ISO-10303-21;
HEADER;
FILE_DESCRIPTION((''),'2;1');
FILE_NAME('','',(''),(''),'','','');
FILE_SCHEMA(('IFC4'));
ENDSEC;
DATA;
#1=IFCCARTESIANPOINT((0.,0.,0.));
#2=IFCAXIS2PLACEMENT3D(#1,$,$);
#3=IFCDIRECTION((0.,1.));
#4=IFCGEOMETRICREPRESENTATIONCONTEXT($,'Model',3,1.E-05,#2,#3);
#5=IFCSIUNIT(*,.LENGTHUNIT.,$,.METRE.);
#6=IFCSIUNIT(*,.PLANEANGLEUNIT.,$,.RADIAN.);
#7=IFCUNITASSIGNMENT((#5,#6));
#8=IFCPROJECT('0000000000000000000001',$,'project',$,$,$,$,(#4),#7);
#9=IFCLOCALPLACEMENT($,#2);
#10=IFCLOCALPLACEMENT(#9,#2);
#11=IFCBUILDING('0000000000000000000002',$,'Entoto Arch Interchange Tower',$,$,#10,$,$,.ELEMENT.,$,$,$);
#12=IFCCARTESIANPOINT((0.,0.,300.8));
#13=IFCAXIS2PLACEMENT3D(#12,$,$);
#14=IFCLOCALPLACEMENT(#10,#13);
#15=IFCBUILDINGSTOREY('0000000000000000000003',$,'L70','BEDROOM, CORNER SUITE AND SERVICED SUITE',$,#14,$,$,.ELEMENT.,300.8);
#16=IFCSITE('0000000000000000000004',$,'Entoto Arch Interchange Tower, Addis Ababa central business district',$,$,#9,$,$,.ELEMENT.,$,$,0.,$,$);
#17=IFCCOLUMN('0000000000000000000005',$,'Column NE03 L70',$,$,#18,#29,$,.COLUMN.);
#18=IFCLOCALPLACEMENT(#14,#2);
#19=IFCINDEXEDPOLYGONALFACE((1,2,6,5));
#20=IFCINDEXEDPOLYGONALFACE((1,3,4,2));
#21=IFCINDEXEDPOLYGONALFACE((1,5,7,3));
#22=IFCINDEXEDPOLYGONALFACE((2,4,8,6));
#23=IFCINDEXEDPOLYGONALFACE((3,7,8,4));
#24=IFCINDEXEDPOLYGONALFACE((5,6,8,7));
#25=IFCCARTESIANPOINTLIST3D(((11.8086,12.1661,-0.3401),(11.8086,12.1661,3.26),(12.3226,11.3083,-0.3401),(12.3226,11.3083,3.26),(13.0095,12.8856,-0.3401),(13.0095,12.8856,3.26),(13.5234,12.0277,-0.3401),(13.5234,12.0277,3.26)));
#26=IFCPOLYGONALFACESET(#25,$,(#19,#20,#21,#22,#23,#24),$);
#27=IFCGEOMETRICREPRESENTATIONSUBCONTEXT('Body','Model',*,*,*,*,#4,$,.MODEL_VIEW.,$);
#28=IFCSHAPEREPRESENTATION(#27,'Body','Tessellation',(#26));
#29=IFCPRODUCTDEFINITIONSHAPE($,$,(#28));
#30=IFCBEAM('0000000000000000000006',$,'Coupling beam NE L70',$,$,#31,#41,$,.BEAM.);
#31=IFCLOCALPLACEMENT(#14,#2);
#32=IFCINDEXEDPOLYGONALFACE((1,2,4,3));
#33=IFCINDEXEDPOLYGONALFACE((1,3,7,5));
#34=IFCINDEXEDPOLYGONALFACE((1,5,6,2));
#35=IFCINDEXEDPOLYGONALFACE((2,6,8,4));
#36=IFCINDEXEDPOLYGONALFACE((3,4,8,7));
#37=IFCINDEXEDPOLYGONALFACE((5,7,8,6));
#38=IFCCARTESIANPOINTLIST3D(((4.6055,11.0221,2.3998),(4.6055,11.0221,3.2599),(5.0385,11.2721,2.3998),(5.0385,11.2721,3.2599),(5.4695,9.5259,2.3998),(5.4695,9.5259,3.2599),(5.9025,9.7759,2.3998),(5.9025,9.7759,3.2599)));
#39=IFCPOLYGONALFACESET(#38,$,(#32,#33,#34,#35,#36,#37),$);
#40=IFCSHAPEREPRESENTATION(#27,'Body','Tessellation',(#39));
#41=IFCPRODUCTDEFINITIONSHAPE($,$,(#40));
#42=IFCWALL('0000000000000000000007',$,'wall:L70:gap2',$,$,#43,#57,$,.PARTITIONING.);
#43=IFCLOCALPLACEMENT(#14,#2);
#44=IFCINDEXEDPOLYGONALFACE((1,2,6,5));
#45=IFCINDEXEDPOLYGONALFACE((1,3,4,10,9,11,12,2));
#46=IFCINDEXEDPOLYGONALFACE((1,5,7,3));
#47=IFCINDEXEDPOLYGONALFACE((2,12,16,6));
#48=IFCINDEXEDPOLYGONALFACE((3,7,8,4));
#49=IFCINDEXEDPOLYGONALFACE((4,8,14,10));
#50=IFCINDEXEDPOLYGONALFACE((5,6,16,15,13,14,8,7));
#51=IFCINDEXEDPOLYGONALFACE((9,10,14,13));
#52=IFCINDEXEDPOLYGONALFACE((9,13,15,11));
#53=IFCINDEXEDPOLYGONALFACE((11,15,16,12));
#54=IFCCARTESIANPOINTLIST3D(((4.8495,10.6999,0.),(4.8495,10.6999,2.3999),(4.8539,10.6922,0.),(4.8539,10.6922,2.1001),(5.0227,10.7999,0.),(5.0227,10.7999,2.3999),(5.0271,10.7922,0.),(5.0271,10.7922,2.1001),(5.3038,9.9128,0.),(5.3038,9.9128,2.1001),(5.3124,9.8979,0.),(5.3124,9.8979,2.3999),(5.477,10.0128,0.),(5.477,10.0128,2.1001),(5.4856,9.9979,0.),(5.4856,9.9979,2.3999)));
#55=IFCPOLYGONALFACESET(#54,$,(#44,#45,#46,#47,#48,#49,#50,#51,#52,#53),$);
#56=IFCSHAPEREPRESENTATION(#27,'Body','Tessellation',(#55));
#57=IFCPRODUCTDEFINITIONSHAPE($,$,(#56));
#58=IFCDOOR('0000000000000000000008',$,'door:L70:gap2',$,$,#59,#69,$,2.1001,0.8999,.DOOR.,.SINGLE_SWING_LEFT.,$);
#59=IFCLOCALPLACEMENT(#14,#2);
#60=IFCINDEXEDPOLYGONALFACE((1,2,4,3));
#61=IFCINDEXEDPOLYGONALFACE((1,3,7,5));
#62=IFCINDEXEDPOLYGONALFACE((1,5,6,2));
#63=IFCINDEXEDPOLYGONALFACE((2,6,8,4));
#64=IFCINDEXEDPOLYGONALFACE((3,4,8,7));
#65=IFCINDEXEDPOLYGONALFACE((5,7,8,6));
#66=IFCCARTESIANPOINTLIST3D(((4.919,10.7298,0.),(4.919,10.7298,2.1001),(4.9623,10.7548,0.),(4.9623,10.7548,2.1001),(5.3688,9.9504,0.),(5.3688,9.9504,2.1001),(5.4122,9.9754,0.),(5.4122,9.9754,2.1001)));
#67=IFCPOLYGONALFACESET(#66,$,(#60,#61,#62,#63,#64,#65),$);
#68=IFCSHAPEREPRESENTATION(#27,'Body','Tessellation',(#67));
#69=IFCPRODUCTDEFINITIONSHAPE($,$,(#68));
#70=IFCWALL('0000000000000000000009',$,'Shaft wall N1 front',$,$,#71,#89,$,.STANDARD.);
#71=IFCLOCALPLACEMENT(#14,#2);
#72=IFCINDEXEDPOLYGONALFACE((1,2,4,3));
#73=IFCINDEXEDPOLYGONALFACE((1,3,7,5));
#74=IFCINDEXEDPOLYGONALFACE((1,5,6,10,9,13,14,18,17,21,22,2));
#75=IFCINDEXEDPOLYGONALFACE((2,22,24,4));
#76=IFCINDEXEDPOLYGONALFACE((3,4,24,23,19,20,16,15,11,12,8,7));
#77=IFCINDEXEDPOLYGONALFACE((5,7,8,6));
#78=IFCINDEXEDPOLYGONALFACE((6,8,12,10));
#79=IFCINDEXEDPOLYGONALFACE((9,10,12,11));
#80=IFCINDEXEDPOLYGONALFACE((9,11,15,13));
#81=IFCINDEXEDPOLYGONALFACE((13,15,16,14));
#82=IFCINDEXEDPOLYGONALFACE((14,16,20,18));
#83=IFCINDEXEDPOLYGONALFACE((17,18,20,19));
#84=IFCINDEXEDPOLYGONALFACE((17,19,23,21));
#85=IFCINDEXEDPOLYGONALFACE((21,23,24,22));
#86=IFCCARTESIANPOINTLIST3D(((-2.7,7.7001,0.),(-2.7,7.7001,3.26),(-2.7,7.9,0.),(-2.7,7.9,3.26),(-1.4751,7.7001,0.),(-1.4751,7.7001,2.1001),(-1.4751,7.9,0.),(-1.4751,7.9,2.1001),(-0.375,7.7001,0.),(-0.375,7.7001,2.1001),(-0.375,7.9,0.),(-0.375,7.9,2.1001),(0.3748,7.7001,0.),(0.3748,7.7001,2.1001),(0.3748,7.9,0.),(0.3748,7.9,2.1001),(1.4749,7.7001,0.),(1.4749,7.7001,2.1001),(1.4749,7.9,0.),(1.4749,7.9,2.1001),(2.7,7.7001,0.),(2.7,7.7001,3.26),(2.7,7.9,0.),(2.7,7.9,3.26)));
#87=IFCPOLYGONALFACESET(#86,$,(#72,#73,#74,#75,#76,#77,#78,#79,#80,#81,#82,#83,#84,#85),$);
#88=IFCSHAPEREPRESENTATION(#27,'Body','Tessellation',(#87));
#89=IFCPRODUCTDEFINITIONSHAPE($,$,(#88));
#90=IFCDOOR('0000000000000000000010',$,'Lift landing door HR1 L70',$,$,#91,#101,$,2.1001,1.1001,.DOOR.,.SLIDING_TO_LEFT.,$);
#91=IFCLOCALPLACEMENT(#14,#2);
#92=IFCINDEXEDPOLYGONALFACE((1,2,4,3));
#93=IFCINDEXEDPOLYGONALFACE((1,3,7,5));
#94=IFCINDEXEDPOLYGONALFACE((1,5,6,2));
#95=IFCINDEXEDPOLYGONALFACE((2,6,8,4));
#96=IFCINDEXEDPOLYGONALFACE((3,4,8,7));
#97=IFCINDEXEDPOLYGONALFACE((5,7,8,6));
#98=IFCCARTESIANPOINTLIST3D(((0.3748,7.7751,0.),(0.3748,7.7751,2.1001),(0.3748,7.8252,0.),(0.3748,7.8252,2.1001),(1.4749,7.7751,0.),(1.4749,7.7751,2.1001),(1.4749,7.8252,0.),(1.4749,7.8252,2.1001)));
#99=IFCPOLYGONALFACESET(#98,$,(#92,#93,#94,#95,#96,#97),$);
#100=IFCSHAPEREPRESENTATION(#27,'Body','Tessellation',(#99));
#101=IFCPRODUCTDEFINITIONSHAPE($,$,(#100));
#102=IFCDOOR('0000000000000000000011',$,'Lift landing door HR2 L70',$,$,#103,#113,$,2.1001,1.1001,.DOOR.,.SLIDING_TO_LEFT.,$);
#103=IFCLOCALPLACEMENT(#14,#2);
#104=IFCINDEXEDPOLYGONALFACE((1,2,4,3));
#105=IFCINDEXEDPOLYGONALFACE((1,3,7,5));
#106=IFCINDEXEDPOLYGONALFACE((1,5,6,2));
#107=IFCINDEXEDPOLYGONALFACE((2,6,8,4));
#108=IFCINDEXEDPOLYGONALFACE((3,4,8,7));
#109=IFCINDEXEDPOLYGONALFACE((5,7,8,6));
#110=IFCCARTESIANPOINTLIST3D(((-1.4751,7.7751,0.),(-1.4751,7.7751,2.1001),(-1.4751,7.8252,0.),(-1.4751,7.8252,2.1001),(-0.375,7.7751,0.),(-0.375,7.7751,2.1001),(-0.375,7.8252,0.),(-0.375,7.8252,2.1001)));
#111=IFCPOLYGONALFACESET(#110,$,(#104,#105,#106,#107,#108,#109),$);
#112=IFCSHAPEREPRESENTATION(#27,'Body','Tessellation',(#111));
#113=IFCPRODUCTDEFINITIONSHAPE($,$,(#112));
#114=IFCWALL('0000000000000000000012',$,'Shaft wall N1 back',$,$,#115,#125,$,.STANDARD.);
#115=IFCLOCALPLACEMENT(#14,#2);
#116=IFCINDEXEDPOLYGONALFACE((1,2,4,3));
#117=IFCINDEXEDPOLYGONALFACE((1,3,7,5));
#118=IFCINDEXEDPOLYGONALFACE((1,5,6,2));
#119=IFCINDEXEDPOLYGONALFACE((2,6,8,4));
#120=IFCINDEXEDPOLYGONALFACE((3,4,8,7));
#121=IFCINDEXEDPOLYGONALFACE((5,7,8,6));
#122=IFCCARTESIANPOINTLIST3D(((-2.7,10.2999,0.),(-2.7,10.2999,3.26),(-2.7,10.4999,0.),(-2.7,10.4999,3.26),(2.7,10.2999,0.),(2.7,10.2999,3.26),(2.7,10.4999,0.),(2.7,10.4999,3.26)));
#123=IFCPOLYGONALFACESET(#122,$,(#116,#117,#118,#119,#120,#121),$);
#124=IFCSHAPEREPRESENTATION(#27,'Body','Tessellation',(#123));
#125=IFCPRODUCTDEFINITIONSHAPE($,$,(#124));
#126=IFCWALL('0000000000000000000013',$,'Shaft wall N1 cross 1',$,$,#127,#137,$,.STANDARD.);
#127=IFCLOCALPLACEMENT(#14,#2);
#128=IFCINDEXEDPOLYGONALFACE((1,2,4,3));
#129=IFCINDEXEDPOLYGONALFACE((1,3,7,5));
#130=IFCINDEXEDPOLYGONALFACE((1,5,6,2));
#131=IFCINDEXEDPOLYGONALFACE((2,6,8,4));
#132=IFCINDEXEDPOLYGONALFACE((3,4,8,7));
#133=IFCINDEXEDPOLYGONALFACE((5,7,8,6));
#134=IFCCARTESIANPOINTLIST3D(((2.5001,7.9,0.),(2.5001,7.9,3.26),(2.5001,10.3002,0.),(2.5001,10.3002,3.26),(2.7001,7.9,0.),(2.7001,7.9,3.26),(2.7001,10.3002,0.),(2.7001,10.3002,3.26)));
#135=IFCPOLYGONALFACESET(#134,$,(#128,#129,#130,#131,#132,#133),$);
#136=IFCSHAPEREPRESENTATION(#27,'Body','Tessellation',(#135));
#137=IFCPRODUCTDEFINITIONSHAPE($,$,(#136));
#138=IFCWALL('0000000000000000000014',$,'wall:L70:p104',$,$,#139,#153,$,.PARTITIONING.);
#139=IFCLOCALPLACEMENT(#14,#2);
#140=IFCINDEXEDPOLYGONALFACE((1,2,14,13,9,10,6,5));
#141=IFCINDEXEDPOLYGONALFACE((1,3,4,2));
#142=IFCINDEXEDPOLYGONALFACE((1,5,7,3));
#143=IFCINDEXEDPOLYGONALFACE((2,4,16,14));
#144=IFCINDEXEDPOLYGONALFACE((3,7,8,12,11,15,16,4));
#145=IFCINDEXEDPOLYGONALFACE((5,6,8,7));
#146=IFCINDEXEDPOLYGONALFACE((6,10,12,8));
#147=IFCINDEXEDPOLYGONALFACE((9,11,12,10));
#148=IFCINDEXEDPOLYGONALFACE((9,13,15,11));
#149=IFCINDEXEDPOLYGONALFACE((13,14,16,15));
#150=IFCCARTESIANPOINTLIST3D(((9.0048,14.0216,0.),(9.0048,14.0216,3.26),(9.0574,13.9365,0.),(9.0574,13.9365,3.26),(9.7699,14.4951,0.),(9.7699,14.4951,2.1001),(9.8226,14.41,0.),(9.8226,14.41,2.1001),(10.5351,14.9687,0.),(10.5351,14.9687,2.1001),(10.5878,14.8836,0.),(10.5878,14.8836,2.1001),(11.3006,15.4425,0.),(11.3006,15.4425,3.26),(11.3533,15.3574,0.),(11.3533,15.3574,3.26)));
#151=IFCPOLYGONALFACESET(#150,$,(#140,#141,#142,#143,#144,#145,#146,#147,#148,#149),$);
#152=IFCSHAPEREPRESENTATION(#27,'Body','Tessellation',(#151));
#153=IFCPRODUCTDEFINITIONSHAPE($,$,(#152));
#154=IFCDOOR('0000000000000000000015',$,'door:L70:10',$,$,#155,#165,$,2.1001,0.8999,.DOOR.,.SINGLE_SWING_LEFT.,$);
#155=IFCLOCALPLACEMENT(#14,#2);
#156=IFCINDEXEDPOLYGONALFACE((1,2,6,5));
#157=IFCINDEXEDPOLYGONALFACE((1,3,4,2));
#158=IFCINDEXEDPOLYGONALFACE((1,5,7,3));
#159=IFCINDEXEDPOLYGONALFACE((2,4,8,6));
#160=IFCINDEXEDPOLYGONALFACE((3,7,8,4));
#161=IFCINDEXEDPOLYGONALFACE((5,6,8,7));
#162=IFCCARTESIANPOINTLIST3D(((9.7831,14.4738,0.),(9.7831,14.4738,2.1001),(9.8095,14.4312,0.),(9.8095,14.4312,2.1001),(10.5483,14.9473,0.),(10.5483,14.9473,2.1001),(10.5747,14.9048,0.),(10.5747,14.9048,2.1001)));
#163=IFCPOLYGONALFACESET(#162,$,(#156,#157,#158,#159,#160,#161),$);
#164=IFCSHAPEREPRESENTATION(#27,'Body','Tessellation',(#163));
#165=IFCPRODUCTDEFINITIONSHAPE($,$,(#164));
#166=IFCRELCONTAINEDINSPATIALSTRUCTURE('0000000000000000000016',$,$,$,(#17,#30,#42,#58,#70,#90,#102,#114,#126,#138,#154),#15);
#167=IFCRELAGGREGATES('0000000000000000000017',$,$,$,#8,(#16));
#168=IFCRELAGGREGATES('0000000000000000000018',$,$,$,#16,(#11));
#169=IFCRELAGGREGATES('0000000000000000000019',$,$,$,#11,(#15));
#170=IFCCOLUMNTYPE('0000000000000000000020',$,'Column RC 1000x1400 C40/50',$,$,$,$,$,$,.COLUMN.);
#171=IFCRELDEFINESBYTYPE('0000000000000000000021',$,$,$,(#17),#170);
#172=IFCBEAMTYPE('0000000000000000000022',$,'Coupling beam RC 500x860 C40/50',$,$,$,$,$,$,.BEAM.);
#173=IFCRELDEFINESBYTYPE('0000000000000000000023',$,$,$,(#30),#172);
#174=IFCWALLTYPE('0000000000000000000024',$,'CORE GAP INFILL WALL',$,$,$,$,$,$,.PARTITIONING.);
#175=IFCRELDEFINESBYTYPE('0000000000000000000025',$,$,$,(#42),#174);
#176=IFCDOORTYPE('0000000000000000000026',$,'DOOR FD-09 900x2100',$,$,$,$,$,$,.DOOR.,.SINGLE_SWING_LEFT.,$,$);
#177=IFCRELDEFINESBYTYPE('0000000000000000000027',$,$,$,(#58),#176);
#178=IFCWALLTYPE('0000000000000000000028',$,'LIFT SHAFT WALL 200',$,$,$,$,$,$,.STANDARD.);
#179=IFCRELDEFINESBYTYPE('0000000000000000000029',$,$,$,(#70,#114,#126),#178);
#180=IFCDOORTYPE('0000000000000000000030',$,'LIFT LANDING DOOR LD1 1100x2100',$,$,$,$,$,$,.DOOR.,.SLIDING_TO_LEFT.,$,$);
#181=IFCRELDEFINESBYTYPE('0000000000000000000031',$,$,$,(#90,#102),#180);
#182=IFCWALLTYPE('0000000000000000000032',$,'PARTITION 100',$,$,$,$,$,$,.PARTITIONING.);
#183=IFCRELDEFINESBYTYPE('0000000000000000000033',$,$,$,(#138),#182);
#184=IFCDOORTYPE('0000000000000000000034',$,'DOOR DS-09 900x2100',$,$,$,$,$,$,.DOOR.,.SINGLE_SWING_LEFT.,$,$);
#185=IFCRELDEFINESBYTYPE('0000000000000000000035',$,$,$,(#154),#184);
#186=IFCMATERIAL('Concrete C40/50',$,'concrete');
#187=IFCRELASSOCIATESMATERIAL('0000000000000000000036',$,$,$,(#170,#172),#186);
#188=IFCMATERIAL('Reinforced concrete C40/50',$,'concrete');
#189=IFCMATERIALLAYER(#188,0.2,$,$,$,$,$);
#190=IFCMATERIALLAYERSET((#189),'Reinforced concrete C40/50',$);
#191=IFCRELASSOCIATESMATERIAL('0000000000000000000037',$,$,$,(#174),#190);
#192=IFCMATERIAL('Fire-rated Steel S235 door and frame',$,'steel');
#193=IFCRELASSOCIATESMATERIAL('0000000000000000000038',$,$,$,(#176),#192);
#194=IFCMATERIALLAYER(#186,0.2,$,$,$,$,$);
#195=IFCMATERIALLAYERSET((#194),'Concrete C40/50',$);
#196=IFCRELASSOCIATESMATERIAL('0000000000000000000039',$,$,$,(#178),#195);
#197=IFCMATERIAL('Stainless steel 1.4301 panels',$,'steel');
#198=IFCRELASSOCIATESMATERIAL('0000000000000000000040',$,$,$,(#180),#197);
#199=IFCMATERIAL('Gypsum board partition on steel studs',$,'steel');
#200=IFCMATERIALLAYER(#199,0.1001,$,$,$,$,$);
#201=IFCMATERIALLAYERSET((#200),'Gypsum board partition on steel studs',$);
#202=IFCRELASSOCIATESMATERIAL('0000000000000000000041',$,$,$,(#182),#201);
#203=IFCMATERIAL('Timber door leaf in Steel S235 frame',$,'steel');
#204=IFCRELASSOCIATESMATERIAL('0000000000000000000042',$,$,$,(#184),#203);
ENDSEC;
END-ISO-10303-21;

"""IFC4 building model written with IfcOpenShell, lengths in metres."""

from ifc_helpers import new_model, si_unit, direction, frame, frame_2d, origin, origin_2d, place, context, subcontext, project, spatial, rectangle, extrude, material, layer, layer_set, material_profile, profile_set, type_object, element, fill, save


model = new_model("IFC4")

# Units and contexts
model_context = context("Model", 3, precision=1e-05, world=origin(), true_north=direction((0.0, 1.0)))
body_context = subcontext(model_context, "Body", "Model", "MODEL_VIEW")
ifc_project = project(units=[si_unit("LENGTHUNIT", "METRE"), si_unit("PLANEANGLEUNIT", "RADIAN")], contexts=[model_context])

# Site, building, storey
site_placement = place(None, origin())
site = spatial("IfcSite", under=ifc_project, at=site_placement, Name="Entoto Arch Interchange Tower, Addis Ababa central business district", CompositionType="ELEMENT", RefElevation=0.0)
building_placement = place(site_placement, origin())
building = spatial("IfcBuilding", under=site, at=building_placement, Name="Entoto Arch Interchange Tower", CompositionType="ELEMENT")
storey_placement = place(building_placement, frame((0.0, 0.0, 300.8)))
storey = spatial("IfcBuildingStorey", under=building, at=storey_placement, Name="L70", Description="BEDROOM, CORNER SUITE AND SERVICED SUITE", CompositionType="ELEMENT", Elevation=300.8)

# Column
ifc_material_1 = material(Name="Concrete C40/50", Category="concrete")
ifc_material_profile_1 = material_profile(ifc_material_1, rectangle(XDim=1.0, YDim=1.3999, at=origin_2d()))
ifc_profile_set_1 = profile_set([ifc_material_profile_1], Name="Concrete C40/50")
column_type = type_object("IfcColumnType", Name="Column RC 1000x1400 C40/50", PredefinedType="COLUMN", material=ifc_profile_set_1)
column_placement = place(storey_placement, frame((12.666, 12.0969, -0.3401), z_axis=(0.0, 0.0, 1.0), x_axis=(-0.513946, 0.857823, 0.0)))
element("IfcColumn", 1, at=column_placement, inside=storey, type_object=column_type, Name="Column NE03 L70", PredefinedType="COLUMN", context=body_context, shape_type="SweptSolid", body=[
    extrude(rectangle(XDim=1.0, YDim=1.3999, at=origin_2d()), origin(), (0.0, 0.0, 1.0), 3.6001),
])

# Beam
ifc_material_profile_2 = material_profile(ifc_material_1, rectangle(XDim=0.5, YDim=0.8601, at=origin_2d()))
ifc_profile_set_2 = profile_set([ifc_material_profile_2], Name="Concrete C40/50")
beam_type = type_object("IfcBeamType", Name="Coupling beam RC 500x860 C40/50", PredefinedType="BEAM", material=ifc_profile_set_2)
beam_placement = place(storey_placement, frame((5.686, 9.6509, 2.8298), z_axis=(-0.500106, 0.865964, 0.0), x_axis=(-0.865964, -0.500106, 0.0)))
element("IfcBeam", 2, at=beam_placement, inside=storey, type_object=beam_type, Name="Coupling beam NE L70", PredefinedType="BEAM", context=body_context, shape_type="SweptSolid", body=[
    extrude(rectangle(XDim=0.5, YDim=0.8601, at=origin_2d()), origin(), (0.0, 0.0, 1.0), 1.7278),
])

# Wall, opening, door
ifc_material_2 = material(Name="Reinforced concrete C40/50", Category="concrete")
ifc_layer_1 = layer(ifc_material_2, 0.2)
ifc_layer_set_1 = layer_set([ifc_layer_1], Name="Reinforced concrete C40/50")
wall_type_1 = type_object("IfcWallType", Name="CORE GAP INFILL WALL", PredefinedType="PARTITIONING", material=ifc_layer_set_1)
wall_1_placement = place(storey_placement, frame((5.3989, 9.948, 0.0), z_axis=(0.0, 0.0, 1.0), x_axis=(-0.499882, 0.866093, 0.0)))
wall_1 = element("IfcWall", 3, at=wall_1_placement, inside=storey, type_object=wall_type_1, Name="wall:L70:gap2", PredefinedType="PARTITIONING", context=body_context, shape_type="SweptSolid", body=[
    extrude(rectangle(XDim=0.926, YDim=0.2, at=frame_2d((0.4629, 0.0))), origin(), (0.0, 0.0, 1.0), 2.3999),
])
opening_1_placement = place(wall_1_placement, frame((0.0171, 0.0, 0.0)))
opening_1 = element("IfcOpeningElement", 4, at=opening_1_placement, cuts=wall_1, PredefinedType="OPENING", context=body_context, shape_type="SweptSolid", body=[
    extrude(rectangle(XDim=0.8999, YDim=2.1001, at=frame_2d((0.45, 1.05))), frame((0.0, 0.1099, 0.0), z_axis=(0.0, -1.0, 0.0), x_axis=(1.0, 0.0, 0.0)), (0.0, 0.0, 1.0), 0.22),
])
ifc_material_3 = material(Name="Fire-rated Steel S235 door and frame", Category="steel")
door_type_1 = type_object("IfcDoorType", Name="DOOR FD-09 900x2100", OperationType="SINGLE_SWING_LEFT", PredefinedType="DOOR", material=ifc_material_3)
door_1_placement = place(opening_1_placement, origin())
door_1 = element("IfcDoor", 5, at=door_1_placement, inside=storey, type_object=door_type_1, Name="door:L70:gap2", OperationType="SINGLE_SWING_LEFT", OverallHeight=2.1001, OverallWidth=0.8999, PredefinedType="DOOR", context=body_context, shape_type="SweptSolid", body=[
    extrude(rectangle(XDim=0.8999, YDim=2.1001, at=frame_2d((0.45, 1.05))), frame((0.0, 0.0249, 0.0), z_axis=(0.0, -1.0, 0.0), x_axis=(1.0, 0.0, 0.0)), (0.0, 0.0, 1.0), 0.05),
])
fill(opening_1, door_1)

# Wall, openings, doors
ifc_layer_2 = layer(ifc_material_1, 0.2)
ifc_layer_set_2 = layer_set([ifc_layer_2], Name="Concrete C40/50")
wall_type_2 = type_object("IfcWallType", Name="LIFT SHAFT WALL 200", PredefinedType="STANDARD", material=ifc_layer_set_2)
wall_2_placement = place(storey_placement, frame((2.7, 7.8, 0.0), z_axis=(0.0, 0.0, 1.0), x_axis=(-1.0, 0.0, 0.0)))
wall_2 = element("IfcWall", 6, at=wall_2_placement, inside=storey, type_object=wall_type_2, Name="Shaft wall N1 front", PredefinedType="STANDARD", context=body_context, shape_type="SweptSolid", body=[
    extrude(rectangle(XDim=5.3999, YDim=0.2, at=frame_2d((2.7, 0.0))), origin(), (0.0, 0.0, 1.0), 3.26),
])
opening_2_placement = place(wall_2_placement, frame((1.2251, 0.0, 0.0)))
opening_2 = element("IfcOpeningElement", 7, at=opening_2_placement, cuts=wall_2, PredefinedType="OPENING", context=body_context, shape_type="SweptSolid", body=[
    extrude(rectangle(XDim=1.1001, YDim=2.1001, at=frame_2d((0.55, 1.05))), frame((0.0, 0.1099, 0.0), z_axis=(0.0, -1.0, 0.0), x_axis=(1.0, 0.0, 0.0)), (0.0, 0.0, 1.0), 0.22),
])
opening_3_placement = place(wall_2_placement, frame((3.075, 0.0, 0.0)))
opening_3 = element("IfcOpeningElement", 8, at=opening_3_placement, cuts=wall_2, PredefinedType="OPENING", context=body_context, shape_type="SweptSolid", body=[
    extrude(rectangle(XDim=1.1001, YDim=2.1001, at=frame_2d((0.55, 1.05))), frame((0.0, 0.1099, 0.0), z_axis=(0.0, -1.0, 0.0), x_axis=(1.0, 0.0, 0.0)), (0.0, 0.0, 1.0), 0.22),
])
ifc_material_4 = material(Name="Stainless steel 1.4301 panels", Category="steel")
door_type_2 = type_object("IfcDoorType", Name="LIFT LANDING DOOR LD1 1100x2100", OperationType="SLIDING_TO_LEFT", PredefinedType="DOOR", material=ifc_material_4)
door_2_placement = place(opening_2_placement, origin())
door_2 = element("IfcDoor", 9, at=door_2_placement, inside=storey, type_object=door_type_2, Name="Lift landing door HR1 L70", OperationType="SLIDING_TO_LEFT", OverallHeight=2.1001, OverallWidth=1.1001, PredefinedType="DOOR", context=body_context, shape_type="SweptSolid", body=[
    extrude(rectangle(XDim=1.1001, YDim=2.1001, at=frame_2d((0.55, 1.05))), frame((0.0, 0.0249, 0.0), z_axis=(0.0, -1.0, 0.0), x_axis=(1.0, 0.0, 0.0)), (0.0, 0.0, 1.0), 0.05),
])
fill(opening_2, door_2)
door_3_placement = place(opening_3_placement, origin())
door_3 = element("IfcDoor", 10, at=door_3_placement, inside=storey, type_object=door_type_2, Name="Lift landing door HR2 L70", OperationType="SLIDING_TO_LEFT", OverallHeight=2.1001, OverallWidth=1.1001, PredefinedType="DOOR", context=body_context, shape_type="SweptSolid", body=[
    extrude(rectangle(XDim=1.1001, YDim=2.1001, at=frame_2d((0.55, 1.05))), frame((0.0, 0.0249, 0.0), z_axis=(0.0, -1.0, 0.0), x_axis=(1.0, 0.0, 0.0)), (0.0, 0.0, 1.0), 0.05),
])
fill(opening_3, door_3)

# Walls
wall_3_placement = place(storey_placement, frame((2.7, 10.3999, 0.0), z_axis=(0.0, 0.0, 1.0), x_axis=(-1.0, 0.0, 0.0)))
element("IfcWall", 11, at=wall_3_placement, inside=storey, type_object=wall_type_2, Name="Shaft wall N1 back", PredefinedType="STANDARD", context=body_context, shape_type="SweptSolid", body=[
    extrude(rectangle(XDim=5.3999, YDim=0.2, at=frame_2d((2.7, 0.0))), origin(), (0.0, 0.0, 1.0), 3.26),
])
wall_4_placement = place(storey_placement, frame((2.6001, 7.8999, 0.0), z_axis=(0.0, 0.0, 1.0), x_axis=(0.0, 1.0, 0.0)))
element("IfcWall", 12, at=wall_4_placement, inside=storey, type_object=wall_type_2, Name="Shaft wall N1 cross 1", PredefinedType="STANDARD", context=body_context, shape_type="SweptSolid", body=[
    extrude(rectangle(XDim=2.4001, YDim=0.2, at=frame_2d((1.2002, 0.0))), origin(), (0.0, 0.0, 1.0), 3.26),
])

# Wall, opening, door
ifc_material_5 = material(Name="Gypsum board partition on steel studs", Category="steel")
ifc_layer_3 = layer(ifc_material_5, 0.1001)
ifc_layer_set_3 = layer_set([ifc_layer_3], Name="Gypsum board partition on steel studs")
wall_type_3 = type_object("IfcWallType", Name="PARTITION 100", PredefinedType="PARTITIONING", material=ifc_layer_set_3)
wall_5_placement = place(storey_placement, frame((9.031, 13.979, 0.0), z_axis=(0.0, 0.0, 1.0), x_axis=(0.850327, 0.526255, 0.0)))
wall_5 = element("IfcWall", 13, at=wall_5_placement, inside=storey, type_object=wall_type_3, Name="wall:L70:p104", PredefinedType="PARTITIONING", context=body_context, shape_type="SweptSolid", body=[
    extrude(rectangle(XDim=2.7, YDim=0.1001, at=frame_2d((1.3501, 0.0))), origin(), (0.0, 0.0, 1.0), 3.26),
])
opening_4_placement = place(wall_5_placement, frame((0.8999, 0.0, 0.0)))
opening_4 = element("IfcOpeningElement", 14, at=opening_4_placement, cuts=wall_5, PredefinedType="OPENING", context=body_context, shape_type="SweptSolid", body=[
    extrude(rectangle(XDim=0.8999, YDim=2.1001, at=frame_2d((0.45, 1.05))), frame((0.0, 0.0601, 0.0), z_axis=(0.0, -1.0, 0.0), x_axis=(1.0, 0.0, 0.0)), (0.0, 0.0, 1.0), 0.1201),
])
ifc_material_6 = material(Name="Timber door leaf in Steel S235 frame", Category="steel")
door_type_3 = type_object("IfcDoorType", Name="DOOR DS-09 900x2100", OperationType="SINGLE_SWING_LEFT", PredefinedType="DOOR", material=ifc_material_6)
door_4_placement = place(opening_4_placement, origin())
door_4 = element("IfcDoor", 15, at=door_4_placement, inside=storey, type_object=door_type_3, Name="door:L70:10", OperationType="SINGLE_SWING_LEFT", OverallHeight=2.1001, OverallWidth=0.8999, PredefinedType="DOOR", context=body_context, shape_type="SweptSolid", body=[
    extrude(rectangle(XDim=0.8999, YDim=2.1001, at=frame_2d((0.45, 1.05))), frame((0.0, 0.0249, 0.0), z_axis=(0.0, -1.0, 0.0), x_axis=(1.0, 0.0, 0.0)), (0.0, 0.0, 1.0), 0.05),
])
fill(opening_4, door_4)

save(model, "model.ifc")
